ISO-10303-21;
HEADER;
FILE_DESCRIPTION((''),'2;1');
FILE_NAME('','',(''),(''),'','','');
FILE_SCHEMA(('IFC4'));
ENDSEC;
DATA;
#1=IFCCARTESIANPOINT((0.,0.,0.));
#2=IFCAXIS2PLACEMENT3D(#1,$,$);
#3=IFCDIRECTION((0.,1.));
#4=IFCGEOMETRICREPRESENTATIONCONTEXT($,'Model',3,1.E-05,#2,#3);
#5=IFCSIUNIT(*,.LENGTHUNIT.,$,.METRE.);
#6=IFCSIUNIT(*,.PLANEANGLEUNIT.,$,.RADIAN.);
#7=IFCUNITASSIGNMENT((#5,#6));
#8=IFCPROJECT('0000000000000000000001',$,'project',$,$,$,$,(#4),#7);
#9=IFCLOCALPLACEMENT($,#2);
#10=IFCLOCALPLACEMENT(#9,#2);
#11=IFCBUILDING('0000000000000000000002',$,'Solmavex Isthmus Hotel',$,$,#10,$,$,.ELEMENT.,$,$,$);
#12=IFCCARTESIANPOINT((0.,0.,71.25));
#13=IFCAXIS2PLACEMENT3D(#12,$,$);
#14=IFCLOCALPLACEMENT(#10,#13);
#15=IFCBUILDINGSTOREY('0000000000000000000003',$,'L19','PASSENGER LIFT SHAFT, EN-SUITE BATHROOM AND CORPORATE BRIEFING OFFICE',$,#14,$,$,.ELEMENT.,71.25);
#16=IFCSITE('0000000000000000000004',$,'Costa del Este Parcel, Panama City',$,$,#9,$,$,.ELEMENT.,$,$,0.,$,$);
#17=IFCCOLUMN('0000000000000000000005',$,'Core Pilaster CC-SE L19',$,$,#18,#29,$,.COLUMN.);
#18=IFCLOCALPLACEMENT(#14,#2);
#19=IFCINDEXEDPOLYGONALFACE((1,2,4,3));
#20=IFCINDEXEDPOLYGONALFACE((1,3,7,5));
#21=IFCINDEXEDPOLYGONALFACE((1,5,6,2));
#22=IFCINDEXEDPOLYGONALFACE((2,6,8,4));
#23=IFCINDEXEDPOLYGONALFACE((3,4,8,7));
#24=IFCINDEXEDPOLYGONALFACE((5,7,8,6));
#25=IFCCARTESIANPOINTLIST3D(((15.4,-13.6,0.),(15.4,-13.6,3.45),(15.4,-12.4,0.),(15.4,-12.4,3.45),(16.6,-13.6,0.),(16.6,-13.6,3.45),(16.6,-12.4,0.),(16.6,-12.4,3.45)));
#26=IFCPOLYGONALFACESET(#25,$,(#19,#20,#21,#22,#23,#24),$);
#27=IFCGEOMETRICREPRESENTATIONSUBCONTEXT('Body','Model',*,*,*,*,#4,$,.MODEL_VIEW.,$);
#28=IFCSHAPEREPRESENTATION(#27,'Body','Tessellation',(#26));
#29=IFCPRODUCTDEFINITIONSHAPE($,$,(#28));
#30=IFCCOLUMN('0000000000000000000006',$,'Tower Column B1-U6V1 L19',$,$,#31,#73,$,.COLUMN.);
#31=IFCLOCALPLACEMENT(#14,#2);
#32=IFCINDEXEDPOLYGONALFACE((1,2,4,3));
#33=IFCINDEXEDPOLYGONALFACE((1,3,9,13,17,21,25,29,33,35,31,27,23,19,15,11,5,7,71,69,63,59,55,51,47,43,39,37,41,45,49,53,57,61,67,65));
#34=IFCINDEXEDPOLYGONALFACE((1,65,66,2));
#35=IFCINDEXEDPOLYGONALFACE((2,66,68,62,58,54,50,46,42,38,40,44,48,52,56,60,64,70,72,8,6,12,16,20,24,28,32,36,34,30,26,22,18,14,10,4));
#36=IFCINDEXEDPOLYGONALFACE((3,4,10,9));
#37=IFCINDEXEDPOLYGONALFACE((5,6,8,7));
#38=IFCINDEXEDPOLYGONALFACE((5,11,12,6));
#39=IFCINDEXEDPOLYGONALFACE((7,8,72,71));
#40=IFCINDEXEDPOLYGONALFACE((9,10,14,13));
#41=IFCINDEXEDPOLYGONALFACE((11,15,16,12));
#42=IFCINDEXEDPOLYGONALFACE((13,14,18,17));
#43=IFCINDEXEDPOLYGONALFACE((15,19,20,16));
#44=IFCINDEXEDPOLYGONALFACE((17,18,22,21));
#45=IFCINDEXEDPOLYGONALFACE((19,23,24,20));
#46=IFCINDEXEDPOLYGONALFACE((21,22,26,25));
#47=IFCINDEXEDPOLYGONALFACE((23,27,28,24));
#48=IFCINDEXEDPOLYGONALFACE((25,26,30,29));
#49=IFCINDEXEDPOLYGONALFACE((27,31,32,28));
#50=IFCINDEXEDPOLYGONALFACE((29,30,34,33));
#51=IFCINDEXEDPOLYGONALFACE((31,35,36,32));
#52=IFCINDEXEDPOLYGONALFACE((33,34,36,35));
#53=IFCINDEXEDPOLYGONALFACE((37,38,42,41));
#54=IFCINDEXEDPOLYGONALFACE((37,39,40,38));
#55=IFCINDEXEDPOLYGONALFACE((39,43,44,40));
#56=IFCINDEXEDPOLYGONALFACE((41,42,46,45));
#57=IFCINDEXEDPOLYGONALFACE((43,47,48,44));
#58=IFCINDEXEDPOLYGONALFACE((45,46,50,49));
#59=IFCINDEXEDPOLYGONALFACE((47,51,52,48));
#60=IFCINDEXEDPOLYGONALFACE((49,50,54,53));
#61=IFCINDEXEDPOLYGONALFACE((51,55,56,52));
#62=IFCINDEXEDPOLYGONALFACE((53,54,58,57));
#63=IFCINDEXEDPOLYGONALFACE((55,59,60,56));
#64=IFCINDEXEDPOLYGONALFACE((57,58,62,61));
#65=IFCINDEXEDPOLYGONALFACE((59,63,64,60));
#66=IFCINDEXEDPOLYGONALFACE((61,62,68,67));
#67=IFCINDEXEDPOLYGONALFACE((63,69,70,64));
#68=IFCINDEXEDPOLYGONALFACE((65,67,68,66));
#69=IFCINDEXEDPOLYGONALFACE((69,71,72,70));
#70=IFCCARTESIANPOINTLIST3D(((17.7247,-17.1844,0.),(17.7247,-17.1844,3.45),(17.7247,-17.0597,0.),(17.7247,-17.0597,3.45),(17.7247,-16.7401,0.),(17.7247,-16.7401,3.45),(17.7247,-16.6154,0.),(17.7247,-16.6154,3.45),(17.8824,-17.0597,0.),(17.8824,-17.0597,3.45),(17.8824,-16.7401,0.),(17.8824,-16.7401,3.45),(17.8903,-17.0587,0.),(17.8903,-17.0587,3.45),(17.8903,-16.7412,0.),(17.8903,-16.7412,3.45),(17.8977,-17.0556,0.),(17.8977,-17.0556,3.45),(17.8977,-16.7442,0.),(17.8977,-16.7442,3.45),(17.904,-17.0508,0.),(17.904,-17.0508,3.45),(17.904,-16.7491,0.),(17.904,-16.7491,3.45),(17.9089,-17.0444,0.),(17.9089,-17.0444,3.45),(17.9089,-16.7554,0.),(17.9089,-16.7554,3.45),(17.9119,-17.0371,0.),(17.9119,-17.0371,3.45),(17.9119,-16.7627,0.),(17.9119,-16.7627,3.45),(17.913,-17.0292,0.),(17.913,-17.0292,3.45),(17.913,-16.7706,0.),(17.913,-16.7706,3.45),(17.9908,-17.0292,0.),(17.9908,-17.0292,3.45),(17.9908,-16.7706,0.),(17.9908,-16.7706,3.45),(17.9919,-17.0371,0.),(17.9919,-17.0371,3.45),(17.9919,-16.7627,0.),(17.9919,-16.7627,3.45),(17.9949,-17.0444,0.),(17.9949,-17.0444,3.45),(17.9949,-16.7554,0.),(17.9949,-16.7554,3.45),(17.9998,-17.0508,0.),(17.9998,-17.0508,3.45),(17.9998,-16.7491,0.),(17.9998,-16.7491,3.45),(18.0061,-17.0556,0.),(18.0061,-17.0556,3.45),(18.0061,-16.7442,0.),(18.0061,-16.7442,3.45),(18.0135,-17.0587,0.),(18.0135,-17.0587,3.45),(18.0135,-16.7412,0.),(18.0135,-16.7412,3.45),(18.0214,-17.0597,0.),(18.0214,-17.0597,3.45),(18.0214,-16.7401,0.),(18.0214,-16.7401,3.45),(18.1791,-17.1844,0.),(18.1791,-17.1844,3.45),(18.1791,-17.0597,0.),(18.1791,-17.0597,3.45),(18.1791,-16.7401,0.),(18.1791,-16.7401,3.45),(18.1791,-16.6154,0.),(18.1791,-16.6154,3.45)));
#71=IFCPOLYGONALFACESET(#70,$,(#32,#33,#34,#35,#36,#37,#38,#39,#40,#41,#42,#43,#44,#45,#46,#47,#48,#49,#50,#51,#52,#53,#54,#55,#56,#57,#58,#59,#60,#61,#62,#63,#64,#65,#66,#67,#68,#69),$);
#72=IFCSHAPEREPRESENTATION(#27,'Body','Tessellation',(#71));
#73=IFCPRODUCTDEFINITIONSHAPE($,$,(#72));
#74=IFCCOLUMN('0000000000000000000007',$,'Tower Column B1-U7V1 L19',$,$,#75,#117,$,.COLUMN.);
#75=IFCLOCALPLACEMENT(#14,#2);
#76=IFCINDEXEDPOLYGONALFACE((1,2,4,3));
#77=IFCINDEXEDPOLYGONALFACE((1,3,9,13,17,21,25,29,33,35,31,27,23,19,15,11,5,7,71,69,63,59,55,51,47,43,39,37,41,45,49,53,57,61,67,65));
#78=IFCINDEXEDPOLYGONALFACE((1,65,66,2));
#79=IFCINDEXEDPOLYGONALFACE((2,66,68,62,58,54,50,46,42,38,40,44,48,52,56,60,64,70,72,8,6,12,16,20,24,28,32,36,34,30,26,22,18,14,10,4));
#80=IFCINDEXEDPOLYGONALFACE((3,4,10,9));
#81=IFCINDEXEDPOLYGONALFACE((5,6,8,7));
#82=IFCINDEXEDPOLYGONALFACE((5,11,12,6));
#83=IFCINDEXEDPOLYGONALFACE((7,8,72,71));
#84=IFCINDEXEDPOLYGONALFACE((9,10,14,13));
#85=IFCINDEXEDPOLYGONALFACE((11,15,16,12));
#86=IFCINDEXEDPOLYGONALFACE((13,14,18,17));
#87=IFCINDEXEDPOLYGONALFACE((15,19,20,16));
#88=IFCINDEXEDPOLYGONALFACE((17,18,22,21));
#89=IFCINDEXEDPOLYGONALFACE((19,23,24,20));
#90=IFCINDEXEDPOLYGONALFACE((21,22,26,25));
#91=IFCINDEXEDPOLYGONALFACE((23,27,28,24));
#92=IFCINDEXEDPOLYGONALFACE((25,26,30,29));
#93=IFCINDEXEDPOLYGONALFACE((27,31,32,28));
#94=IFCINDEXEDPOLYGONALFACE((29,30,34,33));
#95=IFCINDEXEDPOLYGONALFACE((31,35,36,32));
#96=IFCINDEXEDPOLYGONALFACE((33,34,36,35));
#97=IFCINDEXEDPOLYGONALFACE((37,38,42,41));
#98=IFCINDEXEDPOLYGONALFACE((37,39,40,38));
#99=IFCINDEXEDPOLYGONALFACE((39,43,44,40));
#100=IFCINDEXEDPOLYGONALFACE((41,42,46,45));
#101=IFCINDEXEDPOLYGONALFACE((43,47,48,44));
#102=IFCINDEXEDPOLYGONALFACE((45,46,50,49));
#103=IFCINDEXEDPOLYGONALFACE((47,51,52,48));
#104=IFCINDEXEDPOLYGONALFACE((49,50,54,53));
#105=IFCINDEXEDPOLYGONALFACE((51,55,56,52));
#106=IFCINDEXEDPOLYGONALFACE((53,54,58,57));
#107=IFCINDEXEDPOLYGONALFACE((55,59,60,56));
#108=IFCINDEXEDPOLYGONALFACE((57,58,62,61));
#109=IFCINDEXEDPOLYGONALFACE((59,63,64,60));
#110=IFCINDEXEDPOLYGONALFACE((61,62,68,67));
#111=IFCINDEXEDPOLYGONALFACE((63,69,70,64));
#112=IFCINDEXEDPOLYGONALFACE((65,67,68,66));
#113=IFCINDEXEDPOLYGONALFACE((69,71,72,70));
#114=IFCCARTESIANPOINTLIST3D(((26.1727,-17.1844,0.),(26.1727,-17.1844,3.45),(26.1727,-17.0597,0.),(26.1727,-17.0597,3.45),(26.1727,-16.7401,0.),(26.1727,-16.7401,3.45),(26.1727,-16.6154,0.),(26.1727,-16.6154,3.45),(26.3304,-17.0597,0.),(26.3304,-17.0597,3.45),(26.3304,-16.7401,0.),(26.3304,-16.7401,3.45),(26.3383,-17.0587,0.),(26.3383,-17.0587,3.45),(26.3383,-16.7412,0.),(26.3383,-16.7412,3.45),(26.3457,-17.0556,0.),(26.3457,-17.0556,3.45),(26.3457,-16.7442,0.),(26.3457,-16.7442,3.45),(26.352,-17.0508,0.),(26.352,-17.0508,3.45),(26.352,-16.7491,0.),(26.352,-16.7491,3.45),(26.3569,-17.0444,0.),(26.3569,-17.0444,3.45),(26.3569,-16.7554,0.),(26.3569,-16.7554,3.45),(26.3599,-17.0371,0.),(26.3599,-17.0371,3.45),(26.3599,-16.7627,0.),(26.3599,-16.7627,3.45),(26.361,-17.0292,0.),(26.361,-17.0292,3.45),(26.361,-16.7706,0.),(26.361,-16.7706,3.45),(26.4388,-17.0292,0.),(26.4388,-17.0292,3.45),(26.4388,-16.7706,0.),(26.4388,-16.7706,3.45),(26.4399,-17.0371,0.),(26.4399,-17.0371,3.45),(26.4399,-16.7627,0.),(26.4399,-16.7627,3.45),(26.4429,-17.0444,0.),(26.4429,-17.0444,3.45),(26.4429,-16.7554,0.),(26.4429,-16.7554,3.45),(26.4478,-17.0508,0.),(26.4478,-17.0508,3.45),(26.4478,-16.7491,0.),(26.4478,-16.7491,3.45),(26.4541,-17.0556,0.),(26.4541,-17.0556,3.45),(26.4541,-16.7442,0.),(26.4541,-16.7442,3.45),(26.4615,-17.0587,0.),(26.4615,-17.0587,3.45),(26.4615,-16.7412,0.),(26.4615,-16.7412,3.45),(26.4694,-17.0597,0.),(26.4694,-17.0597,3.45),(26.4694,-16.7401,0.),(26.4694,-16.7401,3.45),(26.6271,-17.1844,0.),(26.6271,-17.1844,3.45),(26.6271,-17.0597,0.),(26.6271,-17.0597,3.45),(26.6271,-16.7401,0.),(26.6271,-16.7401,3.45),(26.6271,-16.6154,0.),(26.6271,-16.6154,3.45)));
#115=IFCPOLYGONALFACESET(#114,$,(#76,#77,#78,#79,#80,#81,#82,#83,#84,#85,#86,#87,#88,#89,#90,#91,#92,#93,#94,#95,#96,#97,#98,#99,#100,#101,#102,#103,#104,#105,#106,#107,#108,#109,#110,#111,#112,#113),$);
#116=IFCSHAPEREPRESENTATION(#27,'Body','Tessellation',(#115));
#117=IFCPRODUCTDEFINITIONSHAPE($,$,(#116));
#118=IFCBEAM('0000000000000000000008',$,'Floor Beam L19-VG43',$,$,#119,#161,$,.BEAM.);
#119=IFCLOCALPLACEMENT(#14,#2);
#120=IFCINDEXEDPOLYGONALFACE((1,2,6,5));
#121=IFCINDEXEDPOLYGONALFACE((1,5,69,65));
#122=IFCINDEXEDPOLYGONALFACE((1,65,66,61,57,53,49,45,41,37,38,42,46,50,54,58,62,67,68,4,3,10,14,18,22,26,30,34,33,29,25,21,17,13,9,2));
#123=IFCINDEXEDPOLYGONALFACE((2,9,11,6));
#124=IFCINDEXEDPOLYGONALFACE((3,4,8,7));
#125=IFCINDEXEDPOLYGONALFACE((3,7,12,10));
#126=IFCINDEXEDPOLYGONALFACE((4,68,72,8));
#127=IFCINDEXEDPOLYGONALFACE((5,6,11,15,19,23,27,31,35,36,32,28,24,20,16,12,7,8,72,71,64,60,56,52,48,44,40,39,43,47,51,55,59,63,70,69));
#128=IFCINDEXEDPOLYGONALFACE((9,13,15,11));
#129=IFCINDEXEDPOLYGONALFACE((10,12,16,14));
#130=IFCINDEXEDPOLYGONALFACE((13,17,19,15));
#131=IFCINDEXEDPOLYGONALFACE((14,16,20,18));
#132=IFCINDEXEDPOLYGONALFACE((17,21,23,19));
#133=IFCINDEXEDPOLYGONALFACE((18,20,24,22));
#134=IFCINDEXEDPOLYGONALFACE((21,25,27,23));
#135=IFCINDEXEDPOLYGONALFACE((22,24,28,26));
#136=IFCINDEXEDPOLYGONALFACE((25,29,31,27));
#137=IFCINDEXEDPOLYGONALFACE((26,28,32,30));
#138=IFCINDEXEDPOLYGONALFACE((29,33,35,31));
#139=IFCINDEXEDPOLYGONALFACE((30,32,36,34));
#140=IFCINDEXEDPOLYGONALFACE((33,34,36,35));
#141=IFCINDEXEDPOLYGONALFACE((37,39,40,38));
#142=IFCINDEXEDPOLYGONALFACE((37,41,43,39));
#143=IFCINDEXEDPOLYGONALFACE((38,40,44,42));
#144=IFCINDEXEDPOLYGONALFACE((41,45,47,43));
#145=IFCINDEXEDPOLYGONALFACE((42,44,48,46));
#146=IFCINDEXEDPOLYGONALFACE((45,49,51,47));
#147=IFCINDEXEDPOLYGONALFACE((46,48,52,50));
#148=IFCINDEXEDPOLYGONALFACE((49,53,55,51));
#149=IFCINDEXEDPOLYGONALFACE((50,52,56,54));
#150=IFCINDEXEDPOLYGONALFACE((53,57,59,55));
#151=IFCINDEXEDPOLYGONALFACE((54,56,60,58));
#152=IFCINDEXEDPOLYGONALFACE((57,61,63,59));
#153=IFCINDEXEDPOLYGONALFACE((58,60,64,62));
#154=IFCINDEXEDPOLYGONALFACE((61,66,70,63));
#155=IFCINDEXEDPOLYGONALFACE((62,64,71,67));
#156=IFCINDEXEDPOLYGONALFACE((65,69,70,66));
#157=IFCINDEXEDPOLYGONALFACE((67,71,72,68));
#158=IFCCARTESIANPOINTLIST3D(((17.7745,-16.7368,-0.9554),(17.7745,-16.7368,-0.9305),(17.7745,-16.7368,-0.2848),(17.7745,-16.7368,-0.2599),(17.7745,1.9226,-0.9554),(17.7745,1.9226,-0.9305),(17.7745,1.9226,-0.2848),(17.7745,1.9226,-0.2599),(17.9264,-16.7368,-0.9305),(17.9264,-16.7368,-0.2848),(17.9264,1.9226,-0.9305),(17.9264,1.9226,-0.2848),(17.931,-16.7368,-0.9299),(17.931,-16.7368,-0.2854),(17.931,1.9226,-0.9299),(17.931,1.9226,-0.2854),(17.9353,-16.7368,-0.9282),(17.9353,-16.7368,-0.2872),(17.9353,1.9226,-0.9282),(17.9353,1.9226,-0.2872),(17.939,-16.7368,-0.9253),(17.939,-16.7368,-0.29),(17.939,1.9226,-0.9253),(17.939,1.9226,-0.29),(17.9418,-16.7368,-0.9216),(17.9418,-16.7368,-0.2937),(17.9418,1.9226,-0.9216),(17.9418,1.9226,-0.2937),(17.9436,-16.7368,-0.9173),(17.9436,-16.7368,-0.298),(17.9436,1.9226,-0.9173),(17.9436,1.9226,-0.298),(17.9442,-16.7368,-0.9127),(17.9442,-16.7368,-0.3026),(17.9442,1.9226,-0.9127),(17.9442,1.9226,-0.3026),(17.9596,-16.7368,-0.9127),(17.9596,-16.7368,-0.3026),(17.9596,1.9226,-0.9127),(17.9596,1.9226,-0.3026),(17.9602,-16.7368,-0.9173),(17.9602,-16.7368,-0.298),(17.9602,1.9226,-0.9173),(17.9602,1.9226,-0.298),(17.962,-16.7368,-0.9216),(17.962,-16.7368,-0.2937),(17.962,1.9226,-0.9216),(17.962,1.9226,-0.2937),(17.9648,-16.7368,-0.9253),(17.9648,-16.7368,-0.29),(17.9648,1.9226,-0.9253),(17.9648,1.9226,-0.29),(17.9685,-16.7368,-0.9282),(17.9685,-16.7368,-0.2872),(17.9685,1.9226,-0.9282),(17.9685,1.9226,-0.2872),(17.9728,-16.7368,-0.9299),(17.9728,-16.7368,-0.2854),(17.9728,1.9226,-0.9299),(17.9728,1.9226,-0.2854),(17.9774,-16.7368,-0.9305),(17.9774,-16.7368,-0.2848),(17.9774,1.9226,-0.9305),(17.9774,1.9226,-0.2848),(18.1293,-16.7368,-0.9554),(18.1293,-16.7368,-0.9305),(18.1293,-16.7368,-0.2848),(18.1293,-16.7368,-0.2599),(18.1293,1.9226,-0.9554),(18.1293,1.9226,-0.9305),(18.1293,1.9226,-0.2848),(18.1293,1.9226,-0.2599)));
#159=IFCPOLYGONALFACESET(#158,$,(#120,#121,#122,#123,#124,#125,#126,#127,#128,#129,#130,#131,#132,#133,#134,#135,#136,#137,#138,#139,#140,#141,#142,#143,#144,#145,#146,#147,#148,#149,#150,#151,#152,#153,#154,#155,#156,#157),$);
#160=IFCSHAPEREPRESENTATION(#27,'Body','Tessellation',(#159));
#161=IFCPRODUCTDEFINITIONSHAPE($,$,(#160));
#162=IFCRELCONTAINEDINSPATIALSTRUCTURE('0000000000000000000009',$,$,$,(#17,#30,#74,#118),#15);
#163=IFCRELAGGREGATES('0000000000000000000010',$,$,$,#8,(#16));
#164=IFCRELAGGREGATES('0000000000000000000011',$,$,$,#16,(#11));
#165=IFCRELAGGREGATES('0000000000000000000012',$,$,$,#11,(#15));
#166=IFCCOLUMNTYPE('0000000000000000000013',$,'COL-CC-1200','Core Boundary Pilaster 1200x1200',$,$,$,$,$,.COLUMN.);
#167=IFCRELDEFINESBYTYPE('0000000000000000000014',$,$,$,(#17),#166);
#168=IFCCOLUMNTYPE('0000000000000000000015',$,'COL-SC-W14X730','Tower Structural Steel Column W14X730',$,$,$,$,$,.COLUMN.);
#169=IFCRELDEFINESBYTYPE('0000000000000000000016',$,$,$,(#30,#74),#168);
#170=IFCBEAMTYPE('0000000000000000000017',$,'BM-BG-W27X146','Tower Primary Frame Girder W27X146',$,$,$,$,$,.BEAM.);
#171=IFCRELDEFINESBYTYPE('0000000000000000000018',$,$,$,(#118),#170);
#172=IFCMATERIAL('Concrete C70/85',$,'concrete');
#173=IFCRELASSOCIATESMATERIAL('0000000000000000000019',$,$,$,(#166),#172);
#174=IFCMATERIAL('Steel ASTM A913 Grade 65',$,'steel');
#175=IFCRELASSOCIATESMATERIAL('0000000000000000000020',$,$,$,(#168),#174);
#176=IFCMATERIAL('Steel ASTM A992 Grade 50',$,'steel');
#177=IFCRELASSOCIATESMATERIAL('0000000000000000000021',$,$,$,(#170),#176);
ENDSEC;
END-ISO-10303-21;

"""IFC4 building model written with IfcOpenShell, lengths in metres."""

from ifc_helpers import new_model, si_unit, direction, frame, origin, origin_2d, place, context, subcontext, project, spatial, rectangle, i_section, extrude, material, material_profile, profile_set, type_object, element, save


model = new_model("IFC4")

# Units and contexts
model_context = context("Model", 3, precision=1e-05, world=origin(), true_north=direction((0.0, 1.0)))
body_context = subcontext(model_context, "Body", "Model", "MODEL_VIEW")
ifc_project = project(units=[si_unit("LENGTHUNIT", "METRE"), si_unit("PLANEANGLEUNIT", "RADIAN")], contexts=[model_context])

# Site, building, storey
site_placement = place(None, origin())
site = spatial("IfcSite", under=ifc_project, at=site_placement, Name="Costa del Este Parcel, Panama City", CompositionType="ELEMENT", RefElevation=0.0)
building_placement = place(site_placement, origin())
building = spatial("IfcBuilding", under=site, at=building_placement, Name="Solmavex Isthmus Hotel", CompositionType="ELEMENT")
storey_placement = place(building_placement, frame((0.0, 0.0, 71.25)))
storey = spatial("IfcBuildingStorey", under=building, at=storey_placement, Name="L19", Description="PASSENGER LIFT SHAFT, EN-SUITE BATHROOM AND CORPORATE BRIEFING OFFICE", CompositionType="ELEMENT", Elevation=71.25)

# Columns
ifc_material_1 = material(Name="Concrete C70/85", Category="concrete")
ifc_material_profile_1 = material_profile(ifc_material_1, rectangle(XDim=1.2, YDim=1.2, at=origin_2d()), Name="RC1200X1200")
ifc_profile_set_1 = profile_set([ifc_material_profile_1], Name="Concrete C70/85")
column_type_1 = type_object("IfcColumnType", Name="COL-CC-1200", Description="Core Boundary Pilaster 1200x1200", PredefinedType="COLUMN", material=ifc_profile_set_1)
column_placement = place(storey_placement, frame((16.0, -13.0, 0.0), z_axis=(0.0, 0.0, 1.0), x_axis=(1.0, 0.0, 0.0)))
element("IfcColumn", 1, at=column_placement, inside=storey, type_object=column_type_1, Name="Core Pilaster CC-SE L19", PredefinedType="COLUMN", context=body_context, shape_type="SweptSolid", body=[
    extrude(rectangle(XDim=1.2, YDim=1.2, at=origin_2d()), origin(), (0.0, 0.0, 1.0), 3.45),
])
ifc_material_2 = material(Name="Steel ASTM A913 Grade 65", Category="steel")
ifc_material_profile_2 = material_profile(ifc_material_2, i_section(OverallWidth=0.4543, OverallDepth=0.5691, WebThickness=0.0779, FlangeThickness=0.1248, FilletRadius=0.0305, at=origin_2d()), Name="W14X730")
ifc_profile_set_2 = profile_set([ifc_material_profile_2], Name="Steel ASTM A913 Grade 65")
column_type_2 = type_object("IfcColumnType", Name="COL-SC-W14X730", Description="Tower Structural Steel Column W14X730", PredefinedType="COLUMN", material=ifc_profile_set_2)
for number, where, z_axis, x_axis, name in (
    (2, (17.9519, -16.8999, 0.0), (0.0, 0.0, 1.0), (1.0, 0.0, 0.0), "Tower Column B1-U6V1 L19"),
    (3, (26.3999, -16.8999, 0.0), (0.0, 0.0, 1.0), (1.0, 0.0, 0.0), "Tower Column B1-U7V1 L19"),
):
    element("IfcColumn", number, at=place(storey_placement, frame(where, z_axis=z_axis, x_axis=x_axis)), inside=storey, type_object=column_type_2, Name=name, PredefinedType="COLUMN", context=body_context, shape_type="SweptSolid", body=[
        extrude(i_section(OverallWidth=0.4543, OverallDepth=0.5691, WebThickness=0.0779, FlangeThickness=0.1248, FilletRadius=0.0305, at=origin_2d()), origin(), (0.0, 0.0, 1.0), 3.45),
    ])

# Beam
ifc_material_3 = material(Name="Steel ASTM A992 Grade 50", Category="steel")
ifc_material_profile_3 = material_profile(ifc_material_3, i_section(OverallWidth=0.3547, OverallDepth=0.6956, WebThickness=0.0154, FlangeThickness=0.0249, FilletRadius=0.0178, at=origin_2d()), Name="W27X146")
ifc_profile_set_3 = profile_set([ifc_material_profile_3], Name="Steel ASTM A992 Grade 50")
beam_type_1 = type_object("IfcBeamType", Name="BM-BG-W27X146", Description="Tower Primary Frame Girder W27X146", PredefinedType="BEAM", material=ifc_profile_set_3)
beam_1_placement = place(storey_placement, frame((17.9519, -16.7368, -0.6077), z_axis=(0.0, 1.0, 0.0), x_axis=(-1.0, 0.0, 0.0)))
element("IfcBeam", 4, at=beam_1_placement, inside=storey, type_object=beam_type_1, Name="Floor Beam L19-VG43", PredefinedType="BEAM", context=body_context, shape_type="SweptSolid", body=[
    extrude(i_section(OverallWidth=0.3547, OverallDepth=0.6956, WebThickness=0.0154, FlangeThickness=0.0249, FilletRadius=0.0178, at=origin_2d()), origin(), (0.0, 0.0, 1.0), 18.6594),
])

save(model, "model.ifc")
